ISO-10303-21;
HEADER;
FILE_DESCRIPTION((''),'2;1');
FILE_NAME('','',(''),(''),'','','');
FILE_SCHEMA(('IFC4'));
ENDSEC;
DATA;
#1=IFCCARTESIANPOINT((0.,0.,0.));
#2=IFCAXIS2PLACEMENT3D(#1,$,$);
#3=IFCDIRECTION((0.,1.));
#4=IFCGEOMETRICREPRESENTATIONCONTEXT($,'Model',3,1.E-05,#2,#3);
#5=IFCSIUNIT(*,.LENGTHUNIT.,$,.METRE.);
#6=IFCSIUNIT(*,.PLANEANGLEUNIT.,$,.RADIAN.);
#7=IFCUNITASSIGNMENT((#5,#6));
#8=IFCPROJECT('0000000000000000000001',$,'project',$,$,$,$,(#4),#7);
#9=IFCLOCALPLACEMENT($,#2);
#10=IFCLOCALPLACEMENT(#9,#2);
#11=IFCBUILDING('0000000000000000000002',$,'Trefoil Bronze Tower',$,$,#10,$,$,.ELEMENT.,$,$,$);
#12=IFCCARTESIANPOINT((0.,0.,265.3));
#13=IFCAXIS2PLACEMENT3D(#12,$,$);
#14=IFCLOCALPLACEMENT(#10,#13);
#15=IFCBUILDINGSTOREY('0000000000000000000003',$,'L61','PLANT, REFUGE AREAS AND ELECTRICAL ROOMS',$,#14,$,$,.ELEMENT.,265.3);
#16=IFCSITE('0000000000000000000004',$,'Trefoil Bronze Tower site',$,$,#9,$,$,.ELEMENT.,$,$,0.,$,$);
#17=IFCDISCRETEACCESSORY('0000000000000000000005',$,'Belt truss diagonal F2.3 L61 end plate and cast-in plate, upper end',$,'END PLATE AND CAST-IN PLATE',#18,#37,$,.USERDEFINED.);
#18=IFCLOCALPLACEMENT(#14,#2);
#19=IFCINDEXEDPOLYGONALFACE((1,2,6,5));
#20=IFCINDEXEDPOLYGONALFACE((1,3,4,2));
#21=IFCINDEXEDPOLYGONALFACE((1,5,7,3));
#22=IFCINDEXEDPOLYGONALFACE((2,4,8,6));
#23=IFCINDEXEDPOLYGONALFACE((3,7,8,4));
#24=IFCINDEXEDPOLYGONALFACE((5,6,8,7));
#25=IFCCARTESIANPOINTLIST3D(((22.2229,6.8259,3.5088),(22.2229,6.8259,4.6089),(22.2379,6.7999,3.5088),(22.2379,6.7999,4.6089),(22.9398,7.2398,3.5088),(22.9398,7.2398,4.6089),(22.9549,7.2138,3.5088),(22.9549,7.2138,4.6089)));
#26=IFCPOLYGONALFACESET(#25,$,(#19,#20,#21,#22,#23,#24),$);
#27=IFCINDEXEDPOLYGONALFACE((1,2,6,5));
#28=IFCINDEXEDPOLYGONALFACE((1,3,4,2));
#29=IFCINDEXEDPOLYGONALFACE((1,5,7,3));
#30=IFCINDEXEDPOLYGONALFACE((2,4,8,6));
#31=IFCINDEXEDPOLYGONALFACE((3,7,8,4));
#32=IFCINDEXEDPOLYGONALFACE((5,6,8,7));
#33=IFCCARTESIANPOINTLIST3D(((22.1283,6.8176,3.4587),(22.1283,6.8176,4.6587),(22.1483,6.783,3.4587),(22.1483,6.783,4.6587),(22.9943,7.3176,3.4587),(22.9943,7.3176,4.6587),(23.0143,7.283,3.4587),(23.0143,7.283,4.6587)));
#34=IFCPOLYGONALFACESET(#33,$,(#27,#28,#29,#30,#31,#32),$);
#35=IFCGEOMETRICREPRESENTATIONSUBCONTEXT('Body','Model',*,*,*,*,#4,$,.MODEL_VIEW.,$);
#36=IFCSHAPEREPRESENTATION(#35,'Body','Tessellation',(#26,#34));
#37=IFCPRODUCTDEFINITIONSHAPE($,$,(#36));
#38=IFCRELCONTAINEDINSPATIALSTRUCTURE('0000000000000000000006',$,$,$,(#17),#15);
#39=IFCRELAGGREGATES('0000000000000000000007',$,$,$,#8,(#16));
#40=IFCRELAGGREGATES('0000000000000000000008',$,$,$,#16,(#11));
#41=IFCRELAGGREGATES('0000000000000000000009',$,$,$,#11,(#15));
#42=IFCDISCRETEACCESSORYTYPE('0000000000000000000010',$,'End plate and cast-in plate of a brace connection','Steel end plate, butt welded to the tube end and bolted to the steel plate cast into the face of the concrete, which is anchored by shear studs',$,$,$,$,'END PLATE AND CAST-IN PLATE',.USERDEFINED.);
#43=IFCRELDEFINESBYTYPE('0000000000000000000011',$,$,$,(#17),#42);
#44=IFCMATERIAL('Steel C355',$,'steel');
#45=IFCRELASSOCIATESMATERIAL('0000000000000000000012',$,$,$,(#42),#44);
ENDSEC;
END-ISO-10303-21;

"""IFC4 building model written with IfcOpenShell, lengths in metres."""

from ifc_helpers import new_model, si_unit, direction, frame, origin, origin_2d, place, context, subcontext, project, spatial, rectangle, extrude, material, type_object, element, save


model = new_model("IFC4")

# Units and contexts
model_context = context("Model", 3, precision=1e-05, world=origin(), true_north=direction((0.0, 1.0)))
body_context = subcontext(model_context, "Body", "Model", "MODEL_VIEW")
ifc_project = project(units=[si_unit("LENGTHUNIT", "METRE"), si_unit("PLANEANGLEUNIT", "RADIAN")], contexts=[model_context])

# Site, building, storey
site_placement = place(None, origin())
site = spatial("IfcSite", under=ifc_project, at=site_placement, Name="Trefoil Bronze Tower site", CompositionType="ELEMENT", RefElevation=0.0)
building_placement = place(site_placement, origin())
building = spatial("IfcBuilding", under=site, at=building_placement, Name="Trefoil Bronze Tower", CompositionType="ELEMENT")
storey_placement = place(building_placement, frame((0.0, 0.0, 265.3)))
storey = spatial("IfcBuildingStorey", under=building, at=storey_placement, Name="L61", Description="PLANT, REFUGE AREAS AND ELECTRICAL ROOMS", CompositionType="ELEMENT", Elevation=265.3)

# Discrete accessory
ifc_material_1 = material(Name="Steel C355", Category="steel")
discrete_accessory_type = type_object("IfcDiscreteAccessoryType", Name="End plate and cast-in plate of a brace connection", Description="Steel end plate, butt welded to the tube end and bolted to the steel plate cast into the face of the concrete, which is anchored by shear studs", ElementType="END PLATE AND CAST-IN PLATE", PredefinedType="USERDEFINED", material=ifc_material_1)
discrete_accessory_1_placement = place(storey_placement, frame((22.5813, 7.033, 4.0588), z_axis=(0.0, 0.0, 1.0), x_axis=(0.5, -0.866025, 0.0)))
element("IfcDiscreteAccessory", 1, at=discrete_accessory_1_placement, inside=storey, type_object=discrete_accessory_type, Name="Belt truss diagonal F2.3 L61 end plate and cast-in plate, upper end", ObjectType="END PLATE AND CAST-IN PLATE", PredefinedType="USERDEFINED", context=body_context, shape_type="SweptSolid", body=[
    extrude(rectangle(XDim=0.03, YDim=0.8279, at=origin_2d()), frame((0.0151, 0.0, -0.55)), (0.0, 0.0, 1.0), 1.1001),
    extrude(rectangle(XDim=0.04, YDim=1.0, at=origin_2d()), frame((-0.02, 0.0, -0.6001)), (0.0, 0.0, 1.0), 1.2),
])

save(model, "model.ifc")
